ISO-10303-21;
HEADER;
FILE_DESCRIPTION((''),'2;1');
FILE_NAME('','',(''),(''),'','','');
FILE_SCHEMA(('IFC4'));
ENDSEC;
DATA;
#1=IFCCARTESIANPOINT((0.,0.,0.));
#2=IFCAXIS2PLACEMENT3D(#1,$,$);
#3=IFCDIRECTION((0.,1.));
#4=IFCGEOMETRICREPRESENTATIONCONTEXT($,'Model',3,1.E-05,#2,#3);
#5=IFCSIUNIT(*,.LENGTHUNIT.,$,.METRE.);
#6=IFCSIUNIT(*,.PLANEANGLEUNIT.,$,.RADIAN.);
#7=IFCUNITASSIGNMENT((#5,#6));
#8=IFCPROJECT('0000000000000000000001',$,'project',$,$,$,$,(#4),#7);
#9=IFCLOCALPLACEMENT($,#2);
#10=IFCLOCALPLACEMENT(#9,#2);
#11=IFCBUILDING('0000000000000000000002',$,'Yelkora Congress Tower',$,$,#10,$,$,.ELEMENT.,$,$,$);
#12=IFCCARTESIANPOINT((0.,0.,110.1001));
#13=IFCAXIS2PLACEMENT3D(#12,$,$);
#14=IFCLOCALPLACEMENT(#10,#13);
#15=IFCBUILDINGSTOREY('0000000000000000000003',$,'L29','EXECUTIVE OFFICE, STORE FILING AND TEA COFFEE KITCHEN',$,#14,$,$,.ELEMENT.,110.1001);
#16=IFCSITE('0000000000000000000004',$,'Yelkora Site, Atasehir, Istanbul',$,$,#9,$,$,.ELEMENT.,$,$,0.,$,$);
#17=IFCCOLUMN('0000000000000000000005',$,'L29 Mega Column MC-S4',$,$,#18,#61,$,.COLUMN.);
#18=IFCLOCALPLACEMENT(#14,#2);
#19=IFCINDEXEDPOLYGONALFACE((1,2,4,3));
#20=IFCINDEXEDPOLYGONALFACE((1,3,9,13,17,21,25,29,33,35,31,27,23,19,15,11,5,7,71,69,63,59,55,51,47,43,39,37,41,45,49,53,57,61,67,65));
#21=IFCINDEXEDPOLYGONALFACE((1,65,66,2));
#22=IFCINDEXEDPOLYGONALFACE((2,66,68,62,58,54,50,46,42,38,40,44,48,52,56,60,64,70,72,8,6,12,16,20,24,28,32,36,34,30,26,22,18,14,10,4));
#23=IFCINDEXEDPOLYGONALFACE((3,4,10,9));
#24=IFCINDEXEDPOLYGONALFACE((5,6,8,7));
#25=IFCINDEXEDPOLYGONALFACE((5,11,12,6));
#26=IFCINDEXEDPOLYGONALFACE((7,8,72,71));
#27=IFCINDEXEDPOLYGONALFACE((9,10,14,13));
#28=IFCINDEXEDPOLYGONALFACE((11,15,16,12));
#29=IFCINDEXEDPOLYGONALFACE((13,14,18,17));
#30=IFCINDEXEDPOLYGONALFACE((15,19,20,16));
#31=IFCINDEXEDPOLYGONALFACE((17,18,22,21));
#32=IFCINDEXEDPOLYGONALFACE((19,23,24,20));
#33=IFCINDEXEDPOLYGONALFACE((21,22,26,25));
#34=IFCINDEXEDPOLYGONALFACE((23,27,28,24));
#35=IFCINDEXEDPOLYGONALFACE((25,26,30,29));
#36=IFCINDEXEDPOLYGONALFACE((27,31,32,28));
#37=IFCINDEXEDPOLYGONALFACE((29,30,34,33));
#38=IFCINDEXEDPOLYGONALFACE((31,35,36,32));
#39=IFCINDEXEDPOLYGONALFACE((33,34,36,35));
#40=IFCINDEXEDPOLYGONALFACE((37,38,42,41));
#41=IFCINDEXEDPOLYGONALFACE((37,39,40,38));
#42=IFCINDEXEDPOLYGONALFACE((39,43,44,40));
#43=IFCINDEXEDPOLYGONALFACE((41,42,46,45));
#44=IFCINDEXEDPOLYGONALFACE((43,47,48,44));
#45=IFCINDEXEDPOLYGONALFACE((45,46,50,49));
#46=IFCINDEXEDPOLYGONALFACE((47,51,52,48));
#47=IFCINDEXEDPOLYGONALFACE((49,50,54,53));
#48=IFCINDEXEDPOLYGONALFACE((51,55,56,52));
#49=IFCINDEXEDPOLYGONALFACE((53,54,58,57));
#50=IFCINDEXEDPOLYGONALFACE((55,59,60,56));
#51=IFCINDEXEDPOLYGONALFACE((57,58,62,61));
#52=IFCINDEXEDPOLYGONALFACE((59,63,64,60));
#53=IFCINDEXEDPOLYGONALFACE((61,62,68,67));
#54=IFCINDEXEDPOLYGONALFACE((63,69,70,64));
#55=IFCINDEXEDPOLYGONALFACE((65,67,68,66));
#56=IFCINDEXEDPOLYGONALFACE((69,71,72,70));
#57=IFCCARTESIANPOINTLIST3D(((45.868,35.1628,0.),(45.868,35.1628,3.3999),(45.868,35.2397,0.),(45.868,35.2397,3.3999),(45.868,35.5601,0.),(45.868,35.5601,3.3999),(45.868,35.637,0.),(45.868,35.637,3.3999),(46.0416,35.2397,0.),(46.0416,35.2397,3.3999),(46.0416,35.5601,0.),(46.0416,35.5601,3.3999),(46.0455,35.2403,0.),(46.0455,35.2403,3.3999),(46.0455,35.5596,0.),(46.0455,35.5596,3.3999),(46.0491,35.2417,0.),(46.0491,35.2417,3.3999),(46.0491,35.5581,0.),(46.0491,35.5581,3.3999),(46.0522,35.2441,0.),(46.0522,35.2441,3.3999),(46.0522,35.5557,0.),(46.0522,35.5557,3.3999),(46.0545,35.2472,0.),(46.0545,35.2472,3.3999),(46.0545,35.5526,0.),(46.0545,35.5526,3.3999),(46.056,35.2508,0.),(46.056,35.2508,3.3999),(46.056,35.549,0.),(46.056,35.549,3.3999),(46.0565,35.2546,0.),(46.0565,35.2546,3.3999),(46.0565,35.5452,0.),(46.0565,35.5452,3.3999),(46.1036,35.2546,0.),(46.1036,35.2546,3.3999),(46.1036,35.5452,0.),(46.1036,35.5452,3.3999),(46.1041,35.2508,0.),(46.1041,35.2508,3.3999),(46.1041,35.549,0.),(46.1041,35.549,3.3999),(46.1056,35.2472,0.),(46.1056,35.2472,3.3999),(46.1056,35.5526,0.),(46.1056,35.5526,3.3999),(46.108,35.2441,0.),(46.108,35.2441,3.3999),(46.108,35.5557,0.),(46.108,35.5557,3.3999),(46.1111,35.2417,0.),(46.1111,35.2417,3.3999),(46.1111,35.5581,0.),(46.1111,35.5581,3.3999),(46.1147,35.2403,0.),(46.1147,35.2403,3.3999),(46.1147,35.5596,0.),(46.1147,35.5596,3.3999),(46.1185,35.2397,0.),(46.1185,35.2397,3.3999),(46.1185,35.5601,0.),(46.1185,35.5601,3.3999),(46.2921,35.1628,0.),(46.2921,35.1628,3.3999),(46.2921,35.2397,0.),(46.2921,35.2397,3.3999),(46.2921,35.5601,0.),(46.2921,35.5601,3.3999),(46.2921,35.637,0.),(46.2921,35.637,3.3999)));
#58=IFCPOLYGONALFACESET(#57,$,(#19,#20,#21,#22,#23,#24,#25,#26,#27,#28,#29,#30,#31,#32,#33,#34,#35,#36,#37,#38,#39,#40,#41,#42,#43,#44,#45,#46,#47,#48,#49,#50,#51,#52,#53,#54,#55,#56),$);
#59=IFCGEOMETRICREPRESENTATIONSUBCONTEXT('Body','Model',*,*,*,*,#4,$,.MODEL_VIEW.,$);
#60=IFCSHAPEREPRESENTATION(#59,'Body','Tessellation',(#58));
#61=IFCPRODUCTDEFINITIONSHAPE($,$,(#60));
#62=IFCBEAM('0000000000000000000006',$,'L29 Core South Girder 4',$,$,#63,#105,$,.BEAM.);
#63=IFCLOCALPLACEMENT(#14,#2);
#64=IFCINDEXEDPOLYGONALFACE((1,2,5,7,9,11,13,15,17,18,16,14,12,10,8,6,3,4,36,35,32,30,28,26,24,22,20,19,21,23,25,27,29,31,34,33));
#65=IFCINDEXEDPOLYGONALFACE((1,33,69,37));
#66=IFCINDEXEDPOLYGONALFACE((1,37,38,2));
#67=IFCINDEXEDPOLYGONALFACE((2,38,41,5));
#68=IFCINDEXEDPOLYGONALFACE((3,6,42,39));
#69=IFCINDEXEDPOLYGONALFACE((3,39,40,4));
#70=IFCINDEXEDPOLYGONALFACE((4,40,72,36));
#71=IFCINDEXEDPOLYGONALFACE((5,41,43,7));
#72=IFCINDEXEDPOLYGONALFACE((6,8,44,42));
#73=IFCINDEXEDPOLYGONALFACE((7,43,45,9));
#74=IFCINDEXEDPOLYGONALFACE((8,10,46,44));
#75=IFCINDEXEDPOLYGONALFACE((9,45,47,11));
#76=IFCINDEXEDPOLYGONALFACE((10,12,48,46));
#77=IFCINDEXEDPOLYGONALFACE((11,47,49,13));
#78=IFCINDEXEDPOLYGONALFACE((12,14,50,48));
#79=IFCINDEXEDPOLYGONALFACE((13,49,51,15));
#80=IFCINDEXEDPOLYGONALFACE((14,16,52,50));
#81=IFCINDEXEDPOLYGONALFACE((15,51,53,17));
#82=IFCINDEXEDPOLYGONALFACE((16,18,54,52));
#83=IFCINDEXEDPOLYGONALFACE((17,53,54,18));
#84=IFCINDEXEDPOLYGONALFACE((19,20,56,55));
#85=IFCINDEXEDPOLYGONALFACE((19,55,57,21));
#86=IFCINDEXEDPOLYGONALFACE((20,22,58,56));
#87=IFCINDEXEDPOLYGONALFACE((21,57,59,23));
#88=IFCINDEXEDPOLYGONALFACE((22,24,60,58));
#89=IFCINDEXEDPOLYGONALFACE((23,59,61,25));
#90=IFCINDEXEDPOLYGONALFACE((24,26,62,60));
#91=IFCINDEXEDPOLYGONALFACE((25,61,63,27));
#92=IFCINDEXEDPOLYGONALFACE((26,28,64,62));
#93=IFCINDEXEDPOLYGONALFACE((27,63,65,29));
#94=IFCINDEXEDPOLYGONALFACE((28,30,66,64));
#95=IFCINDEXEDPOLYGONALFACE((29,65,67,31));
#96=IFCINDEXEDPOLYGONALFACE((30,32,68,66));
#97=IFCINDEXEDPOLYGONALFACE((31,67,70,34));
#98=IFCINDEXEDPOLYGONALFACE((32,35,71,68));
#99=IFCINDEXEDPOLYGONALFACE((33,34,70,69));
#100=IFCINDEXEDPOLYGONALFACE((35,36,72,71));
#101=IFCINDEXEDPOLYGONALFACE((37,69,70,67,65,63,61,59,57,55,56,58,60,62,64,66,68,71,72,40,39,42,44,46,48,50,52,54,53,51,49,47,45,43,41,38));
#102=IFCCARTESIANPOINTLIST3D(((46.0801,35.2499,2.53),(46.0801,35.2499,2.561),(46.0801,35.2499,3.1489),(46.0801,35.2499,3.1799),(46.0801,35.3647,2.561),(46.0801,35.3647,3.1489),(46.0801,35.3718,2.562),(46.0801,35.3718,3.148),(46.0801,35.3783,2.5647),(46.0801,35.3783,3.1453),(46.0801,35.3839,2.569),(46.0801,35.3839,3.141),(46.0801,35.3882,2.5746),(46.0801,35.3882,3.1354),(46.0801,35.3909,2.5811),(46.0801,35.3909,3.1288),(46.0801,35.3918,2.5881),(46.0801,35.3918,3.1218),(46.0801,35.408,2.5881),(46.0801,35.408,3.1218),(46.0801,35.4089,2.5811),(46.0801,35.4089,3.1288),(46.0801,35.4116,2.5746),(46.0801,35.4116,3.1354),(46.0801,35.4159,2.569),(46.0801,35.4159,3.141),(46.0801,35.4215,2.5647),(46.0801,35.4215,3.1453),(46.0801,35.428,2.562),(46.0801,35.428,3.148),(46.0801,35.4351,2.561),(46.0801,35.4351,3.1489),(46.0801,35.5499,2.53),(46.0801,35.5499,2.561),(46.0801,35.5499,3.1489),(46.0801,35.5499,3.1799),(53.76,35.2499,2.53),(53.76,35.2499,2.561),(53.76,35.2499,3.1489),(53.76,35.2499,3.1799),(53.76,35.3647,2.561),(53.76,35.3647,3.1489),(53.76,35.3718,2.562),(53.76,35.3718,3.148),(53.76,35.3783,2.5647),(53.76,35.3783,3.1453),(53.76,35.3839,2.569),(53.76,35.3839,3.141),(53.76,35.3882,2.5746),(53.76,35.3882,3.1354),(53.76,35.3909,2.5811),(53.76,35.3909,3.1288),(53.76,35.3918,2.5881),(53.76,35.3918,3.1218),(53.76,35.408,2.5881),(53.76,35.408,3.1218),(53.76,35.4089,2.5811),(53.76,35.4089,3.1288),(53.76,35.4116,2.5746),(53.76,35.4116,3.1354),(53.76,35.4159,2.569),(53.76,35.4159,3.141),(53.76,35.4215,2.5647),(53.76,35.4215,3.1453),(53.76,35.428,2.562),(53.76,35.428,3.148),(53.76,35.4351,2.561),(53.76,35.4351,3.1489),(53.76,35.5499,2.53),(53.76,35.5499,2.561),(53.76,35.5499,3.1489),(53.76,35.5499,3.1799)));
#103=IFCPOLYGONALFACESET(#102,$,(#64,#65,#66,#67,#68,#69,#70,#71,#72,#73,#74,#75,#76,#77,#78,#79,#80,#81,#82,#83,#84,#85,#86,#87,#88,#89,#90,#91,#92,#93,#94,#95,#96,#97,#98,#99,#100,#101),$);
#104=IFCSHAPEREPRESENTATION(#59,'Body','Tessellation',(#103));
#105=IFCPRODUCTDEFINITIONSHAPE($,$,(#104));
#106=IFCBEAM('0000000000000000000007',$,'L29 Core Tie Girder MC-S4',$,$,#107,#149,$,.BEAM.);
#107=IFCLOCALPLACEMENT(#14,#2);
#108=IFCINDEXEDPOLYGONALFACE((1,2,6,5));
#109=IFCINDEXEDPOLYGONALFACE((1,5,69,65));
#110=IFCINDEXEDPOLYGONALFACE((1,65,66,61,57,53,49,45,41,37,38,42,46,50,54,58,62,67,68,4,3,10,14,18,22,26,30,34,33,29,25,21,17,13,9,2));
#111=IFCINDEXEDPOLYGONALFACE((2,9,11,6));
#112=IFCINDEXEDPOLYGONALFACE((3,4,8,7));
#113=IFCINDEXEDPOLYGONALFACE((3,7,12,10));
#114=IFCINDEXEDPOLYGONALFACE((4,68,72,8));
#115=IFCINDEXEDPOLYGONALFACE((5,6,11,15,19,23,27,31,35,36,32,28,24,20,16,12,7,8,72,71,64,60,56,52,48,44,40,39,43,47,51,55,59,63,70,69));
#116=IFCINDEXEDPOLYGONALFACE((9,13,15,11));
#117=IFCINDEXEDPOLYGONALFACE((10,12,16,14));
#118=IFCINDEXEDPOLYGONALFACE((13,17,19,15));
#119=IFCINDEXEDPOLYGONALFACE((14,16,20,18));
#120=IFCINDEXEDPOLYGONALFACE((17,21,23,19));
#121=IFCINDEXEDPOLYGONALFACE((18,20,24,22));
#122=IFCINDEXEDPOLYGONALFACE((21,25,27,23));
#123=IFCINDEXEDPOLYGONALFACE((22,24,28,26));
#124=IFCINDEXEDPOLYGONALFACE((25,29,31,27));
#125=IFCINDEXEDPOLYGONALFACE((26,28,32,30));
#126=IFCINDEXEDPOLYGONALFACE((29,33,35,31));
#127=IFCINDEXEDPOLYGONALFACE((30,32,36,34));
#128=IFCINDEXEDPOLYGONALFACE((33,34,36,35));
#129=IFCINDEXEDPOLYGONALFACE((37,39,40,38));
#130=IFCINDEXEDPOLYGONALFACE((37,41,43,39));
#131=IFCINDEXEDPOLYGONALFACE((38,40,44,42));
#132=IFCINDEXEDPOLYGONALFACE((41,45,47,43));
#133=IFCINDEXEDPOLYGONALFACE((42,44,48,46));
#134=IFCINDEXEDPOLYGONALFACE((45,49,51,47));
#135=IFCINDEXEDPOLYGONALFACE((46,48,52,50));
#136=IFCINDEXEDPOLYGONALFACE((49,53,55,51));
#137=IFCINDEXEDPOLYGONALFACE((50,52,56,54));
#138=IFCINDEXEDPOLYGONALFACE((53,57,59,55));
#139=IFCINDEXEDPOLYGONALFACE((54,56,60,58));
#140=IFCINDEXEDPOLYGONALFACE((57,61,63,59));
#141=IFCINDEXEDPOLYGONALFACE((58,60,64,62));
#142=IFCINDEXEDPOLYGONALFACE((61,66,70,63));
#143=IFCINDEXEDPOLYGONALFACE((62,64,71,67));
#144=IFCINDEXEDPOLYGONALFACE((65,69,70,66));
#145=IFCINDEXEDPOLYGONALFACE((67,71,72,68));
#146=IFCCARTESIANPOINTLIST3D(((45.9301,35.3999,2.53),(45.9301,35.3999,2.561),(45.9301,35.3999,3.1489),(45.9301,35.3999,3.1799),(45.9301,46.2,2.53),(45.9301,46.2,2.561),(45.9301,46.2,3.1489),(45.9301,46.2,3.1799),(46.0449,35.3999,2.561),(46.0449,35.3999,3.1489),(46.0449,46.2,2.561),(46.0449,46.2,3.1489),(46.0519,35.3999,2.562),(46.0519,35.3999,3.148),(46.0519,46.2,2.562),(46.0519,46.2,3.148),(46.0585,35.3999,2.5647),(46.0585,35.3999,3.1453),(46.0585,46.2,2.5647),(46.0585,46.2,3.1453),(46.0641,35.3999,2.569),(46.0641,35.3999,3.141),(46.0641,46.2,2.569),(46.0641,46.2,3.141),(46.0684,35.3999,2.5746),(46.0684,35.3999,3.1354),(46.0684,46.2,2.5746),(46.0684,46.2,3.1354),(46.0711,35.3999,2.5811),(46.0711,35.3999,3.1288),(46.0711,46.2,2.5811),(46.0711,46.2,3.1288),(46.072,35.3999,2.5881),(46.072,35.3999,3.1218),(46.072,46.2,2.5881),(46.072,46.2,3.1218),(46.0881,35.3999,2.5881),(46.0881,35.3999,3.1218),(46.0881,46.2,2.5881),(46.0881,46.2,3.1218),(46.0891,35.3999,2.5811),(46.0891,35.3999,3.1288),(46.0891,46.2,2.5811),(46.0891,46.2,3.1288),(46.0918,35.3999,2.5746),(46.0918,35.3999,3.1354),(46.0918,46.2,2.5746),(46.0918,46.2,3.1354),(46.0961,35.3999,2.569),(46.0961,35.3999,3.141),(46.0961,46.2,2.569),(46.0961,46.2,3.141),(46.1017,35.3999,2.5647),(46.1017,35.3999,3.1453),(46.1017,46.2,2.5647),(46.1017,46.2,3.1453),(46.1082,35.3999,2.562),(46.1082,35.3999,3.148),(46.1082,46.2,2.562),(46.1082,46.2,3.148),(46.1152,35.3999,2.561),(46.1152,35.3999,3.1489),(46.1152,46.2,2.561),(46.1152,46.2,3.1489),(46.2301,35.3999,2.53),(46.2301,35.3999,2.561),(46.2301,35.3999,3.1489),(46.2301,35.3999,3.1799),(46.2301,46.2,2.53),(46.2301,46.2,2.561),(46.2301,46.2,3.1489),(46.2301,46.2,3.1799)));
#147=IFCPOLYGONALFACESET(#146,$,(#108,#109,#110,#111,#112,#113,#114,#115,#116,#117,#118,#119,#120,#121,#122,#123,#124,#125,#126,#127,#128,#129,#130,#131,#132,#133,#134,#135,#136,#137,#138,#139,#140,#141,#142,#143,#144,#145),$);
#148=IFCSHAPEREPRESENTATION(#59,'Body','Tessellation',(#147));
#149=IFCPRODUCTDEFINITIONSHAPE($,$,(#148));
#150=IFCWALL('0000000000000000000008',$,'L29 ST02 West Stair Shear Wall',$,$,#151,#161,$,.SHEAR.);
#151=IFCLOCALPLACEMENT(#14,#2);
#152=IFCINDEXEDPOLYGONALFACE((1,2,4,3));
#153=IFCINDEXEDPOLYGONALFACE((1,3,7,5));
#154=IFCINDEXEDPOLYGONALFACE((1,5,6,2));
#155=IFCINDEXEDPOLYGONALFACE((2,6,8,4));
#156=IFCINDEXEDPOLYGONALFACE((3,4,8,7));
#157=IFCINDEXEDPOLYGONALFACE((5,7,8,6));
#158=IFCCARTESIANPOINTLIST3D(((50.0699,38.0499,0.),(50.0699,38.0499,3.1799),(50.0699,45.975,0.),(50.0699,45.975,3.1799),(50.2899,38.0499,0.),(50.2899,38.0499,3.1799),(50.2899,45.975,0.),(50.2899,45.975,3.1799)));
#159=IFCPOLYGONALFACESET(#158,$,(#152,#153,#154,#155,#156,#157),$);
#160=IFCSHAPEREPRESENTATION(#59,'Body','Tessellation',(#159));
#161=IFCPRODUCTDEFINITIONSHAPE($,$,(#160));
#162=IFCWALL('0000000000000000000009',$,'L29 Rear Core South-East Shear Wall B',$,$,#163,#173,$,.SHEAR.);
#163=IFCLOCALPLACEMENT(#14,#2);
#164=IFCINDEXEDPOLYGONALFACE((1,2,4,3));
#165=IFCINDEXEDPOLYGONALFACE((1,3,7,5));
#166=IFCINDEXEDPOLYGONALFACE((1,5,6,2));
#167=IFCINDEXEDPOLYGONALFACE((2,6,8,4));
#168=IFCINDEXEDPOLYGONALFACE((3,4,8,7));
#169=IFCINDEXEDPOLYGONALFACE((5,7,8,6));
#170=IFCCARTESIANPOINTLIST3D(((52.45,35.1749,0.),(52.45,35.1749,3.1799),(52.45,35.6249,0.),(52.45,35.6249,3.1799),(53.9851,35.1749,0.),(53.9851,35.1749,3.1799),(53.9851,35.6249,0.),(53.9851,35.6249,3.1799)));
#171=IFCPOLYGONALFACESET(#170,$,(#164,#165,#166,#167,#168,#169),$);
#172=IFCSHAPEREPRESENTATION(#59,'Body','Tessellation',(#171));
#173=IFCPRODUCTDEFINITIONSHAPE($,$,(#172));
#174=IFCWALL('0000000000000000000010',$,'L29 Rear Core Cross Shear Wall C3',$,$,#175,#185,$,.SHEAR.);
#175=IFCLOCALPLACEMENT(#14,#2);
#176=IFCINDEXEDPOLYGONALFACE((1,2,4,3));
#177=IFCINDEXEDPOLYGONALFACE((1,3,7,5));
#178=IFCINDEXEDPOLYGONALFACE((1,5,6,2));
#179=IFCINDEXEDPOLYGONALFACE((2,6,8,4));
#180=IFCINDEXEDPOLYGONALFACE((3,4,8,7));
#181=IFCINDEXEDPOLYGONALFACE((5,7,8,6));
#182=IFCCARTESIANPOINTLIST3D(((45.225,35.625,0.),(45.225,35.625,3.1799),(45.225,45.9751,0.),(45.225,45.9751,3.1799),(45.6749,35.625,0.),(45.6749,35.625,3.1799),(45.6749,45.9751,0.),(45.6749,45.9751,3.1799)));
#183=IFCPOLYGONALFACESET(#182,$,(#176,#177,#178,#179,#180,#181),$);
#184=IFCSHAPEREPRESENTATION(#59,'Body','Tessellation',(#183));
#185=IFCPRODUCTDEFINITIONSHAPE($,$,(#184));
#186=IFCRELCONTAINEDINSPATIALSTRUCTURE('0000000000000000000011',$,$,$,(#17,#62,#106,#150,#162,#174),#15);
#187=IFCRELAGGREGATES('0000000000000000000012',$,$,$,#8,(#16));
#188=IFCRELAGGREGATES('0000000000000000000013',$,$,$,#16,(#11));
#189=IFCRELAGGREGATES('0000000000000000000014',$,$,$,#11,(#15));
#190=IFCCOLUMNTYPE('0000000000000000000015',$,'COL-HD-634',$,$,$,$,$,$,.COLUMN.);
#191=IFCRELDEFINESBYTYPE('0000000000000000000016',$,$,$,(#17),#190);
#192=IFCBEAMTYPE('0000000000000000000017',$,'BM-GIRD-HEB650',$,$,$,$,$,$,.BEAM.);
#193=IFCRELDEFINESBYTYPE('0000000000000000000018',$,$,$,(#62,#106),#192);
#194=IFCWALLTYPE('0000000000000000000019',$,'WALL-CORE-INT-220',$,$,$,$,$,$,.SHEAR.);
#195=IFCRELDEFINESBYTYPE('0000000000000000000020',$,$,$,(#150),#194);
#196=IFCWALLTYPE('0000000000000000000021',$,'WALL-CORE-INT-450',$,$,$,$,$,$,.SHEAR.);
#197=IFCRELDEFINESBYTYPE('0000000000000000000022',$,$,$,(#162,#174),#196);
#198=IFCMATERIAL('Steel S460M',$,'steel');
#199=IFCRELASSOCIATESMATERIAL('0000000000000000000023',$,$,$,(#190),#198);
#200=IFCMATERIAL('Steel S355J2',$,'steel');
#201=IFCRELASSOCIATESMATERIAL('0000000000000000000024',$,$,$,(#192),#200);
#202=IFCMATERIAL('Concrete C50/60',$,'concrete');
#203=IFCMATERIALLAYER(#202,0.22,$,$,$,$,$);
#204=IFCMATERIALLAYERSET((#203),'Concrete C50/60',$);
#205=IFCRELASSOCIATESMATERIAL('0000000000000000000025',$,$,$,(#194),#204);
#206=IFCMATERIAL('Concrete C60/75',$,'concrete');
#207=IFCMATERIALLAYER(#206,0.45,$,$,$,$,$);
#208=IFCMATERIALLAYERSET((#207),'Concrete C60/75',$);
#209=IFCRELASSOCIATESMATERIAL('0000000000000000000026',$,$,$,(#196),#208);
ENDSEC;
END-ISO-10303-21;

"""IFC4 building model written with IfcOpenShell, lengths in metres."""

from ifc_helpers import new_model, si_unit, direction, frame, frame_2d, origin, origin_2d, place, context, subcontext, project, spatial, rectangle, i_section, extrude, material, layer, layer_set, material_profile, profile_set, type_object, element, save


model = new_model("IFC4")

# Units and contexts
model_context = context("Model", 3, precision=1e-05, world=origin(), true_north=direction((0.0, 1.0)))
body_context = subcontext(model_context, "Body", "Model", "MODEL_VIEW")
ifc_project = project(units=[si_unit("LENGTHUNIT", "METRE"), si_unit("PLANEANGLEUNIT", "RADIAN")], contexts=[model_context])

# Site, building, storey
site_placement = place(None, origin())
site = spatial("IfcSite", under=ifc_project, at=site_placement, Name="Yelkora Site, Atasehir, Istanbul", CompositionType="ELEMENT", RefElevation=0.0)
building_placement = place(site_placement, origin())
building = spatial("IfcBuilding", under=site, at=building_placement, Name="Yelkora Congress Tower", CompositionType="ELEMENT")
storey_placement = place(building_placement, frame((0.0, 0.0, 110.1001)))
storey = spatial("IfcBuildingStorey", under=building, at=storey_placement, Name="L29", Description="EXECUTIVE OFFICE, STORE FILING AND TEA COFFEE KITCHEN", CompositionType="ELEMENT", Elevation=110.1001)

# Column
ifc_material_1 = material(Name="Steel S460M", Category="steel")
ifc_material_profile_1 = material_profile(ifc_material_1, i_section(OverallWidth=0.4241, OverallDepth=0.4741, WebThickness=0.0471, FlangeThickness=0.0769, FilletRadius=0.0149, at=origin_2d()), Name="HD 400x634")
ifc_profile_set_1 = profile_set([ifc_material_profile_1], Name="Steel S460M")
column_type = type_object("IfcColumnType", Name="COL-HD-634", PredefinedType="COLUMN", material=ifc_profile_set_1)
column_placement = place(storey_placement, frame((46.0801, 35.3999, 0.0), z_axis=(0.0, 0.0, 1.0), x_axis=(1.0, 0.0, 0.0)))
element("IfcColumn", 1, at=column_placement, inside=storey, type_object=column_type, Name="L29 Mega Column MC-S4", PredefinedType="COLUMN", context=body_context, shape_type="SweptSolid", body=[
    extrude(i_section(OverallWidth=0.4241, OverallDepth=0.4741, WebThickness=0.0471, FlangeThickness=0.0769, FilletRadius=0.0149, at=origin_2d()), origin(), (0.0, 0.0, 1.0), 3.3999),
])

# Beams
ifc_material_2 = material(Name="Steel S355J2", Category="steel")
ifc_material_profile_2 = material_profile(ifc_material_2, i_section(OverallWidth=0.3, OverallDepth=0.6499, WebThickness=0.0161, FlangeThickness=0.031, FilletRadius=0.0271, at=origin_2d()), Name="HEB 650")
ifc_profile_set_2 = profile_set([ifc_material_profile_2], Name="Steel S355J2")
beam_type = type_object("IfcBeamType", Name="BM-GIRD-HEB650", PredefinedType="BEAM", material=ifc_profile_set_2)
beam_1_placement = place(storey_placement, frame((46.0801, 35.3999, 2.855), z_axis=(1.0, 0.0, 0.0), x_axis=(0.0, 1.0, 0.0)))
element("IfcBeam", 2, at=beam_1_placement, inside=storey, type_object=beam_type, Name="L29 Core South Girder 4", PredefinedType="BEAM", context=body_context, shape_type="SweptSolid", body=[
    extrude(i_section(OverallWidth=0.3, OverallDepth=0.6499, WebThickness=0.0161, FlangeThickness=0.031, FilletRadius=0.0271, at=origin_2d()), origin(), (0.0, 0.0, 1.0), 7.6799),
])
beam_2_placement = place(storey_placement, frame((46.0801, 35.3999, 2.855), z_axis=(0.0, 1.0, 0.0), x_axis=(-1.0, 0.0, 0.0)))
element("IfcBeam", 3, at=beam_2_placement, inside=storey, type_object=beam_type, Name="L29 Core Tie Girder MC-S4", PredefinedType="BEAM", context=body_context, shape_type="SweptSolid", body=[
    extrude(i_section(OverallWidth=0.3, OverallDepth=0.6499, WebThickness=0.0161, FlangeThickness=0.031, FilletRadius=0.0271, at=origin_2d()), origin(), (0.0, 0.0, 1.0), 10.8),
])

# Wall
ifc_material_3 = material(Name="Concrete C50/60", Category="concrete")
ifc_layer_1 = layer(ifc_material_3, 0.22)
ifc_layer_set_1 = layer_set([ifc_layer_1], Name="Concrete C50/60")
wall_type_1 = type_object("IfcWallType", Name="WALL-CORE-INT-220", PredefinedType="SHEAR", material=ifc_layer_set_1)
wall_1_placement = place(storey_placement, frame((50.1799, 38.05, 0.0), z_axis=(0.0, 0.0, 1.0), x_axis=(0.0, 1.0, 0.0)))
element("IfcWall", 4, at=wall_1_placement, inside=storey, type_object=wall_type_1, Name="L29 ST02 West Stair Shear Wall", PredefinedType="SHEAR", context=body_context, shape_type="SweptSolid", body=[
    extrude(rectangle(XDim=7.925, YDim=0.22, at=frame_2d((3.9624, 0.0))), origin(), (0.0, 0.0, 1.0), 3.1799),
])

# Shared definitions
ifc_material_4 = material(Name="Concrete C60/75", Category="concrete")
ifc_layer_2 = layer(ifc_material_4, 0.45)
ifc_layer_set_2 = layer_set([ifc_layer_2], Name="Concrete C60/75")
wall_type_2 = type_object("IfcWallType", Name="WALL-CORE-INT-450", PredefinedType="SHEAR", material=ifc_layer_set_2)

# Walls
wall_2_placement = place(storey_placement, frame((52.45, 35.3999, 0.0), z_axis=(0.0, 0.0, 1.0), x_axis=(1.0, 0.0, 0.0)))
element("IfcWall", 5, at=wall_2_placement, inside=storey, type_object=wall_type_2, Name="L29 Rear Core South-East Shear Wall B", PredefinedType="SHEAR", context=body_context, shape_type="SweptSolid", body=[
    extrude(rectangle(XDim=1.5352, YDim=0.45, at=frame_2d((0.7676, 0.0))), origin(), (0.0, 0.0, 1.0), 3.1799),
])
wall_3_placement = place(storey_placement, frame((45.45, 35.625, 0.0), z_axis=(0.0, 0.0, 1.0), x_axis=(0.0, 1.0, 0.0)))
element("IfcWall", 6, at=wall_3_placement, inside=storey, type_object=wall_type_2, Name="L29 Rear Core Cross Shear Wall C3", PredefinedType="SHEAR", context=body_context, shape_type="SweptSolid", body=[
    extrude(rectangle(XDim=10.3501, YDim=0.45, at=frame_2d((5.175, 0.0))), origin(), (0.0, 0.0, 1.0), 3.1799),
])

save(model, "model.ifc")
